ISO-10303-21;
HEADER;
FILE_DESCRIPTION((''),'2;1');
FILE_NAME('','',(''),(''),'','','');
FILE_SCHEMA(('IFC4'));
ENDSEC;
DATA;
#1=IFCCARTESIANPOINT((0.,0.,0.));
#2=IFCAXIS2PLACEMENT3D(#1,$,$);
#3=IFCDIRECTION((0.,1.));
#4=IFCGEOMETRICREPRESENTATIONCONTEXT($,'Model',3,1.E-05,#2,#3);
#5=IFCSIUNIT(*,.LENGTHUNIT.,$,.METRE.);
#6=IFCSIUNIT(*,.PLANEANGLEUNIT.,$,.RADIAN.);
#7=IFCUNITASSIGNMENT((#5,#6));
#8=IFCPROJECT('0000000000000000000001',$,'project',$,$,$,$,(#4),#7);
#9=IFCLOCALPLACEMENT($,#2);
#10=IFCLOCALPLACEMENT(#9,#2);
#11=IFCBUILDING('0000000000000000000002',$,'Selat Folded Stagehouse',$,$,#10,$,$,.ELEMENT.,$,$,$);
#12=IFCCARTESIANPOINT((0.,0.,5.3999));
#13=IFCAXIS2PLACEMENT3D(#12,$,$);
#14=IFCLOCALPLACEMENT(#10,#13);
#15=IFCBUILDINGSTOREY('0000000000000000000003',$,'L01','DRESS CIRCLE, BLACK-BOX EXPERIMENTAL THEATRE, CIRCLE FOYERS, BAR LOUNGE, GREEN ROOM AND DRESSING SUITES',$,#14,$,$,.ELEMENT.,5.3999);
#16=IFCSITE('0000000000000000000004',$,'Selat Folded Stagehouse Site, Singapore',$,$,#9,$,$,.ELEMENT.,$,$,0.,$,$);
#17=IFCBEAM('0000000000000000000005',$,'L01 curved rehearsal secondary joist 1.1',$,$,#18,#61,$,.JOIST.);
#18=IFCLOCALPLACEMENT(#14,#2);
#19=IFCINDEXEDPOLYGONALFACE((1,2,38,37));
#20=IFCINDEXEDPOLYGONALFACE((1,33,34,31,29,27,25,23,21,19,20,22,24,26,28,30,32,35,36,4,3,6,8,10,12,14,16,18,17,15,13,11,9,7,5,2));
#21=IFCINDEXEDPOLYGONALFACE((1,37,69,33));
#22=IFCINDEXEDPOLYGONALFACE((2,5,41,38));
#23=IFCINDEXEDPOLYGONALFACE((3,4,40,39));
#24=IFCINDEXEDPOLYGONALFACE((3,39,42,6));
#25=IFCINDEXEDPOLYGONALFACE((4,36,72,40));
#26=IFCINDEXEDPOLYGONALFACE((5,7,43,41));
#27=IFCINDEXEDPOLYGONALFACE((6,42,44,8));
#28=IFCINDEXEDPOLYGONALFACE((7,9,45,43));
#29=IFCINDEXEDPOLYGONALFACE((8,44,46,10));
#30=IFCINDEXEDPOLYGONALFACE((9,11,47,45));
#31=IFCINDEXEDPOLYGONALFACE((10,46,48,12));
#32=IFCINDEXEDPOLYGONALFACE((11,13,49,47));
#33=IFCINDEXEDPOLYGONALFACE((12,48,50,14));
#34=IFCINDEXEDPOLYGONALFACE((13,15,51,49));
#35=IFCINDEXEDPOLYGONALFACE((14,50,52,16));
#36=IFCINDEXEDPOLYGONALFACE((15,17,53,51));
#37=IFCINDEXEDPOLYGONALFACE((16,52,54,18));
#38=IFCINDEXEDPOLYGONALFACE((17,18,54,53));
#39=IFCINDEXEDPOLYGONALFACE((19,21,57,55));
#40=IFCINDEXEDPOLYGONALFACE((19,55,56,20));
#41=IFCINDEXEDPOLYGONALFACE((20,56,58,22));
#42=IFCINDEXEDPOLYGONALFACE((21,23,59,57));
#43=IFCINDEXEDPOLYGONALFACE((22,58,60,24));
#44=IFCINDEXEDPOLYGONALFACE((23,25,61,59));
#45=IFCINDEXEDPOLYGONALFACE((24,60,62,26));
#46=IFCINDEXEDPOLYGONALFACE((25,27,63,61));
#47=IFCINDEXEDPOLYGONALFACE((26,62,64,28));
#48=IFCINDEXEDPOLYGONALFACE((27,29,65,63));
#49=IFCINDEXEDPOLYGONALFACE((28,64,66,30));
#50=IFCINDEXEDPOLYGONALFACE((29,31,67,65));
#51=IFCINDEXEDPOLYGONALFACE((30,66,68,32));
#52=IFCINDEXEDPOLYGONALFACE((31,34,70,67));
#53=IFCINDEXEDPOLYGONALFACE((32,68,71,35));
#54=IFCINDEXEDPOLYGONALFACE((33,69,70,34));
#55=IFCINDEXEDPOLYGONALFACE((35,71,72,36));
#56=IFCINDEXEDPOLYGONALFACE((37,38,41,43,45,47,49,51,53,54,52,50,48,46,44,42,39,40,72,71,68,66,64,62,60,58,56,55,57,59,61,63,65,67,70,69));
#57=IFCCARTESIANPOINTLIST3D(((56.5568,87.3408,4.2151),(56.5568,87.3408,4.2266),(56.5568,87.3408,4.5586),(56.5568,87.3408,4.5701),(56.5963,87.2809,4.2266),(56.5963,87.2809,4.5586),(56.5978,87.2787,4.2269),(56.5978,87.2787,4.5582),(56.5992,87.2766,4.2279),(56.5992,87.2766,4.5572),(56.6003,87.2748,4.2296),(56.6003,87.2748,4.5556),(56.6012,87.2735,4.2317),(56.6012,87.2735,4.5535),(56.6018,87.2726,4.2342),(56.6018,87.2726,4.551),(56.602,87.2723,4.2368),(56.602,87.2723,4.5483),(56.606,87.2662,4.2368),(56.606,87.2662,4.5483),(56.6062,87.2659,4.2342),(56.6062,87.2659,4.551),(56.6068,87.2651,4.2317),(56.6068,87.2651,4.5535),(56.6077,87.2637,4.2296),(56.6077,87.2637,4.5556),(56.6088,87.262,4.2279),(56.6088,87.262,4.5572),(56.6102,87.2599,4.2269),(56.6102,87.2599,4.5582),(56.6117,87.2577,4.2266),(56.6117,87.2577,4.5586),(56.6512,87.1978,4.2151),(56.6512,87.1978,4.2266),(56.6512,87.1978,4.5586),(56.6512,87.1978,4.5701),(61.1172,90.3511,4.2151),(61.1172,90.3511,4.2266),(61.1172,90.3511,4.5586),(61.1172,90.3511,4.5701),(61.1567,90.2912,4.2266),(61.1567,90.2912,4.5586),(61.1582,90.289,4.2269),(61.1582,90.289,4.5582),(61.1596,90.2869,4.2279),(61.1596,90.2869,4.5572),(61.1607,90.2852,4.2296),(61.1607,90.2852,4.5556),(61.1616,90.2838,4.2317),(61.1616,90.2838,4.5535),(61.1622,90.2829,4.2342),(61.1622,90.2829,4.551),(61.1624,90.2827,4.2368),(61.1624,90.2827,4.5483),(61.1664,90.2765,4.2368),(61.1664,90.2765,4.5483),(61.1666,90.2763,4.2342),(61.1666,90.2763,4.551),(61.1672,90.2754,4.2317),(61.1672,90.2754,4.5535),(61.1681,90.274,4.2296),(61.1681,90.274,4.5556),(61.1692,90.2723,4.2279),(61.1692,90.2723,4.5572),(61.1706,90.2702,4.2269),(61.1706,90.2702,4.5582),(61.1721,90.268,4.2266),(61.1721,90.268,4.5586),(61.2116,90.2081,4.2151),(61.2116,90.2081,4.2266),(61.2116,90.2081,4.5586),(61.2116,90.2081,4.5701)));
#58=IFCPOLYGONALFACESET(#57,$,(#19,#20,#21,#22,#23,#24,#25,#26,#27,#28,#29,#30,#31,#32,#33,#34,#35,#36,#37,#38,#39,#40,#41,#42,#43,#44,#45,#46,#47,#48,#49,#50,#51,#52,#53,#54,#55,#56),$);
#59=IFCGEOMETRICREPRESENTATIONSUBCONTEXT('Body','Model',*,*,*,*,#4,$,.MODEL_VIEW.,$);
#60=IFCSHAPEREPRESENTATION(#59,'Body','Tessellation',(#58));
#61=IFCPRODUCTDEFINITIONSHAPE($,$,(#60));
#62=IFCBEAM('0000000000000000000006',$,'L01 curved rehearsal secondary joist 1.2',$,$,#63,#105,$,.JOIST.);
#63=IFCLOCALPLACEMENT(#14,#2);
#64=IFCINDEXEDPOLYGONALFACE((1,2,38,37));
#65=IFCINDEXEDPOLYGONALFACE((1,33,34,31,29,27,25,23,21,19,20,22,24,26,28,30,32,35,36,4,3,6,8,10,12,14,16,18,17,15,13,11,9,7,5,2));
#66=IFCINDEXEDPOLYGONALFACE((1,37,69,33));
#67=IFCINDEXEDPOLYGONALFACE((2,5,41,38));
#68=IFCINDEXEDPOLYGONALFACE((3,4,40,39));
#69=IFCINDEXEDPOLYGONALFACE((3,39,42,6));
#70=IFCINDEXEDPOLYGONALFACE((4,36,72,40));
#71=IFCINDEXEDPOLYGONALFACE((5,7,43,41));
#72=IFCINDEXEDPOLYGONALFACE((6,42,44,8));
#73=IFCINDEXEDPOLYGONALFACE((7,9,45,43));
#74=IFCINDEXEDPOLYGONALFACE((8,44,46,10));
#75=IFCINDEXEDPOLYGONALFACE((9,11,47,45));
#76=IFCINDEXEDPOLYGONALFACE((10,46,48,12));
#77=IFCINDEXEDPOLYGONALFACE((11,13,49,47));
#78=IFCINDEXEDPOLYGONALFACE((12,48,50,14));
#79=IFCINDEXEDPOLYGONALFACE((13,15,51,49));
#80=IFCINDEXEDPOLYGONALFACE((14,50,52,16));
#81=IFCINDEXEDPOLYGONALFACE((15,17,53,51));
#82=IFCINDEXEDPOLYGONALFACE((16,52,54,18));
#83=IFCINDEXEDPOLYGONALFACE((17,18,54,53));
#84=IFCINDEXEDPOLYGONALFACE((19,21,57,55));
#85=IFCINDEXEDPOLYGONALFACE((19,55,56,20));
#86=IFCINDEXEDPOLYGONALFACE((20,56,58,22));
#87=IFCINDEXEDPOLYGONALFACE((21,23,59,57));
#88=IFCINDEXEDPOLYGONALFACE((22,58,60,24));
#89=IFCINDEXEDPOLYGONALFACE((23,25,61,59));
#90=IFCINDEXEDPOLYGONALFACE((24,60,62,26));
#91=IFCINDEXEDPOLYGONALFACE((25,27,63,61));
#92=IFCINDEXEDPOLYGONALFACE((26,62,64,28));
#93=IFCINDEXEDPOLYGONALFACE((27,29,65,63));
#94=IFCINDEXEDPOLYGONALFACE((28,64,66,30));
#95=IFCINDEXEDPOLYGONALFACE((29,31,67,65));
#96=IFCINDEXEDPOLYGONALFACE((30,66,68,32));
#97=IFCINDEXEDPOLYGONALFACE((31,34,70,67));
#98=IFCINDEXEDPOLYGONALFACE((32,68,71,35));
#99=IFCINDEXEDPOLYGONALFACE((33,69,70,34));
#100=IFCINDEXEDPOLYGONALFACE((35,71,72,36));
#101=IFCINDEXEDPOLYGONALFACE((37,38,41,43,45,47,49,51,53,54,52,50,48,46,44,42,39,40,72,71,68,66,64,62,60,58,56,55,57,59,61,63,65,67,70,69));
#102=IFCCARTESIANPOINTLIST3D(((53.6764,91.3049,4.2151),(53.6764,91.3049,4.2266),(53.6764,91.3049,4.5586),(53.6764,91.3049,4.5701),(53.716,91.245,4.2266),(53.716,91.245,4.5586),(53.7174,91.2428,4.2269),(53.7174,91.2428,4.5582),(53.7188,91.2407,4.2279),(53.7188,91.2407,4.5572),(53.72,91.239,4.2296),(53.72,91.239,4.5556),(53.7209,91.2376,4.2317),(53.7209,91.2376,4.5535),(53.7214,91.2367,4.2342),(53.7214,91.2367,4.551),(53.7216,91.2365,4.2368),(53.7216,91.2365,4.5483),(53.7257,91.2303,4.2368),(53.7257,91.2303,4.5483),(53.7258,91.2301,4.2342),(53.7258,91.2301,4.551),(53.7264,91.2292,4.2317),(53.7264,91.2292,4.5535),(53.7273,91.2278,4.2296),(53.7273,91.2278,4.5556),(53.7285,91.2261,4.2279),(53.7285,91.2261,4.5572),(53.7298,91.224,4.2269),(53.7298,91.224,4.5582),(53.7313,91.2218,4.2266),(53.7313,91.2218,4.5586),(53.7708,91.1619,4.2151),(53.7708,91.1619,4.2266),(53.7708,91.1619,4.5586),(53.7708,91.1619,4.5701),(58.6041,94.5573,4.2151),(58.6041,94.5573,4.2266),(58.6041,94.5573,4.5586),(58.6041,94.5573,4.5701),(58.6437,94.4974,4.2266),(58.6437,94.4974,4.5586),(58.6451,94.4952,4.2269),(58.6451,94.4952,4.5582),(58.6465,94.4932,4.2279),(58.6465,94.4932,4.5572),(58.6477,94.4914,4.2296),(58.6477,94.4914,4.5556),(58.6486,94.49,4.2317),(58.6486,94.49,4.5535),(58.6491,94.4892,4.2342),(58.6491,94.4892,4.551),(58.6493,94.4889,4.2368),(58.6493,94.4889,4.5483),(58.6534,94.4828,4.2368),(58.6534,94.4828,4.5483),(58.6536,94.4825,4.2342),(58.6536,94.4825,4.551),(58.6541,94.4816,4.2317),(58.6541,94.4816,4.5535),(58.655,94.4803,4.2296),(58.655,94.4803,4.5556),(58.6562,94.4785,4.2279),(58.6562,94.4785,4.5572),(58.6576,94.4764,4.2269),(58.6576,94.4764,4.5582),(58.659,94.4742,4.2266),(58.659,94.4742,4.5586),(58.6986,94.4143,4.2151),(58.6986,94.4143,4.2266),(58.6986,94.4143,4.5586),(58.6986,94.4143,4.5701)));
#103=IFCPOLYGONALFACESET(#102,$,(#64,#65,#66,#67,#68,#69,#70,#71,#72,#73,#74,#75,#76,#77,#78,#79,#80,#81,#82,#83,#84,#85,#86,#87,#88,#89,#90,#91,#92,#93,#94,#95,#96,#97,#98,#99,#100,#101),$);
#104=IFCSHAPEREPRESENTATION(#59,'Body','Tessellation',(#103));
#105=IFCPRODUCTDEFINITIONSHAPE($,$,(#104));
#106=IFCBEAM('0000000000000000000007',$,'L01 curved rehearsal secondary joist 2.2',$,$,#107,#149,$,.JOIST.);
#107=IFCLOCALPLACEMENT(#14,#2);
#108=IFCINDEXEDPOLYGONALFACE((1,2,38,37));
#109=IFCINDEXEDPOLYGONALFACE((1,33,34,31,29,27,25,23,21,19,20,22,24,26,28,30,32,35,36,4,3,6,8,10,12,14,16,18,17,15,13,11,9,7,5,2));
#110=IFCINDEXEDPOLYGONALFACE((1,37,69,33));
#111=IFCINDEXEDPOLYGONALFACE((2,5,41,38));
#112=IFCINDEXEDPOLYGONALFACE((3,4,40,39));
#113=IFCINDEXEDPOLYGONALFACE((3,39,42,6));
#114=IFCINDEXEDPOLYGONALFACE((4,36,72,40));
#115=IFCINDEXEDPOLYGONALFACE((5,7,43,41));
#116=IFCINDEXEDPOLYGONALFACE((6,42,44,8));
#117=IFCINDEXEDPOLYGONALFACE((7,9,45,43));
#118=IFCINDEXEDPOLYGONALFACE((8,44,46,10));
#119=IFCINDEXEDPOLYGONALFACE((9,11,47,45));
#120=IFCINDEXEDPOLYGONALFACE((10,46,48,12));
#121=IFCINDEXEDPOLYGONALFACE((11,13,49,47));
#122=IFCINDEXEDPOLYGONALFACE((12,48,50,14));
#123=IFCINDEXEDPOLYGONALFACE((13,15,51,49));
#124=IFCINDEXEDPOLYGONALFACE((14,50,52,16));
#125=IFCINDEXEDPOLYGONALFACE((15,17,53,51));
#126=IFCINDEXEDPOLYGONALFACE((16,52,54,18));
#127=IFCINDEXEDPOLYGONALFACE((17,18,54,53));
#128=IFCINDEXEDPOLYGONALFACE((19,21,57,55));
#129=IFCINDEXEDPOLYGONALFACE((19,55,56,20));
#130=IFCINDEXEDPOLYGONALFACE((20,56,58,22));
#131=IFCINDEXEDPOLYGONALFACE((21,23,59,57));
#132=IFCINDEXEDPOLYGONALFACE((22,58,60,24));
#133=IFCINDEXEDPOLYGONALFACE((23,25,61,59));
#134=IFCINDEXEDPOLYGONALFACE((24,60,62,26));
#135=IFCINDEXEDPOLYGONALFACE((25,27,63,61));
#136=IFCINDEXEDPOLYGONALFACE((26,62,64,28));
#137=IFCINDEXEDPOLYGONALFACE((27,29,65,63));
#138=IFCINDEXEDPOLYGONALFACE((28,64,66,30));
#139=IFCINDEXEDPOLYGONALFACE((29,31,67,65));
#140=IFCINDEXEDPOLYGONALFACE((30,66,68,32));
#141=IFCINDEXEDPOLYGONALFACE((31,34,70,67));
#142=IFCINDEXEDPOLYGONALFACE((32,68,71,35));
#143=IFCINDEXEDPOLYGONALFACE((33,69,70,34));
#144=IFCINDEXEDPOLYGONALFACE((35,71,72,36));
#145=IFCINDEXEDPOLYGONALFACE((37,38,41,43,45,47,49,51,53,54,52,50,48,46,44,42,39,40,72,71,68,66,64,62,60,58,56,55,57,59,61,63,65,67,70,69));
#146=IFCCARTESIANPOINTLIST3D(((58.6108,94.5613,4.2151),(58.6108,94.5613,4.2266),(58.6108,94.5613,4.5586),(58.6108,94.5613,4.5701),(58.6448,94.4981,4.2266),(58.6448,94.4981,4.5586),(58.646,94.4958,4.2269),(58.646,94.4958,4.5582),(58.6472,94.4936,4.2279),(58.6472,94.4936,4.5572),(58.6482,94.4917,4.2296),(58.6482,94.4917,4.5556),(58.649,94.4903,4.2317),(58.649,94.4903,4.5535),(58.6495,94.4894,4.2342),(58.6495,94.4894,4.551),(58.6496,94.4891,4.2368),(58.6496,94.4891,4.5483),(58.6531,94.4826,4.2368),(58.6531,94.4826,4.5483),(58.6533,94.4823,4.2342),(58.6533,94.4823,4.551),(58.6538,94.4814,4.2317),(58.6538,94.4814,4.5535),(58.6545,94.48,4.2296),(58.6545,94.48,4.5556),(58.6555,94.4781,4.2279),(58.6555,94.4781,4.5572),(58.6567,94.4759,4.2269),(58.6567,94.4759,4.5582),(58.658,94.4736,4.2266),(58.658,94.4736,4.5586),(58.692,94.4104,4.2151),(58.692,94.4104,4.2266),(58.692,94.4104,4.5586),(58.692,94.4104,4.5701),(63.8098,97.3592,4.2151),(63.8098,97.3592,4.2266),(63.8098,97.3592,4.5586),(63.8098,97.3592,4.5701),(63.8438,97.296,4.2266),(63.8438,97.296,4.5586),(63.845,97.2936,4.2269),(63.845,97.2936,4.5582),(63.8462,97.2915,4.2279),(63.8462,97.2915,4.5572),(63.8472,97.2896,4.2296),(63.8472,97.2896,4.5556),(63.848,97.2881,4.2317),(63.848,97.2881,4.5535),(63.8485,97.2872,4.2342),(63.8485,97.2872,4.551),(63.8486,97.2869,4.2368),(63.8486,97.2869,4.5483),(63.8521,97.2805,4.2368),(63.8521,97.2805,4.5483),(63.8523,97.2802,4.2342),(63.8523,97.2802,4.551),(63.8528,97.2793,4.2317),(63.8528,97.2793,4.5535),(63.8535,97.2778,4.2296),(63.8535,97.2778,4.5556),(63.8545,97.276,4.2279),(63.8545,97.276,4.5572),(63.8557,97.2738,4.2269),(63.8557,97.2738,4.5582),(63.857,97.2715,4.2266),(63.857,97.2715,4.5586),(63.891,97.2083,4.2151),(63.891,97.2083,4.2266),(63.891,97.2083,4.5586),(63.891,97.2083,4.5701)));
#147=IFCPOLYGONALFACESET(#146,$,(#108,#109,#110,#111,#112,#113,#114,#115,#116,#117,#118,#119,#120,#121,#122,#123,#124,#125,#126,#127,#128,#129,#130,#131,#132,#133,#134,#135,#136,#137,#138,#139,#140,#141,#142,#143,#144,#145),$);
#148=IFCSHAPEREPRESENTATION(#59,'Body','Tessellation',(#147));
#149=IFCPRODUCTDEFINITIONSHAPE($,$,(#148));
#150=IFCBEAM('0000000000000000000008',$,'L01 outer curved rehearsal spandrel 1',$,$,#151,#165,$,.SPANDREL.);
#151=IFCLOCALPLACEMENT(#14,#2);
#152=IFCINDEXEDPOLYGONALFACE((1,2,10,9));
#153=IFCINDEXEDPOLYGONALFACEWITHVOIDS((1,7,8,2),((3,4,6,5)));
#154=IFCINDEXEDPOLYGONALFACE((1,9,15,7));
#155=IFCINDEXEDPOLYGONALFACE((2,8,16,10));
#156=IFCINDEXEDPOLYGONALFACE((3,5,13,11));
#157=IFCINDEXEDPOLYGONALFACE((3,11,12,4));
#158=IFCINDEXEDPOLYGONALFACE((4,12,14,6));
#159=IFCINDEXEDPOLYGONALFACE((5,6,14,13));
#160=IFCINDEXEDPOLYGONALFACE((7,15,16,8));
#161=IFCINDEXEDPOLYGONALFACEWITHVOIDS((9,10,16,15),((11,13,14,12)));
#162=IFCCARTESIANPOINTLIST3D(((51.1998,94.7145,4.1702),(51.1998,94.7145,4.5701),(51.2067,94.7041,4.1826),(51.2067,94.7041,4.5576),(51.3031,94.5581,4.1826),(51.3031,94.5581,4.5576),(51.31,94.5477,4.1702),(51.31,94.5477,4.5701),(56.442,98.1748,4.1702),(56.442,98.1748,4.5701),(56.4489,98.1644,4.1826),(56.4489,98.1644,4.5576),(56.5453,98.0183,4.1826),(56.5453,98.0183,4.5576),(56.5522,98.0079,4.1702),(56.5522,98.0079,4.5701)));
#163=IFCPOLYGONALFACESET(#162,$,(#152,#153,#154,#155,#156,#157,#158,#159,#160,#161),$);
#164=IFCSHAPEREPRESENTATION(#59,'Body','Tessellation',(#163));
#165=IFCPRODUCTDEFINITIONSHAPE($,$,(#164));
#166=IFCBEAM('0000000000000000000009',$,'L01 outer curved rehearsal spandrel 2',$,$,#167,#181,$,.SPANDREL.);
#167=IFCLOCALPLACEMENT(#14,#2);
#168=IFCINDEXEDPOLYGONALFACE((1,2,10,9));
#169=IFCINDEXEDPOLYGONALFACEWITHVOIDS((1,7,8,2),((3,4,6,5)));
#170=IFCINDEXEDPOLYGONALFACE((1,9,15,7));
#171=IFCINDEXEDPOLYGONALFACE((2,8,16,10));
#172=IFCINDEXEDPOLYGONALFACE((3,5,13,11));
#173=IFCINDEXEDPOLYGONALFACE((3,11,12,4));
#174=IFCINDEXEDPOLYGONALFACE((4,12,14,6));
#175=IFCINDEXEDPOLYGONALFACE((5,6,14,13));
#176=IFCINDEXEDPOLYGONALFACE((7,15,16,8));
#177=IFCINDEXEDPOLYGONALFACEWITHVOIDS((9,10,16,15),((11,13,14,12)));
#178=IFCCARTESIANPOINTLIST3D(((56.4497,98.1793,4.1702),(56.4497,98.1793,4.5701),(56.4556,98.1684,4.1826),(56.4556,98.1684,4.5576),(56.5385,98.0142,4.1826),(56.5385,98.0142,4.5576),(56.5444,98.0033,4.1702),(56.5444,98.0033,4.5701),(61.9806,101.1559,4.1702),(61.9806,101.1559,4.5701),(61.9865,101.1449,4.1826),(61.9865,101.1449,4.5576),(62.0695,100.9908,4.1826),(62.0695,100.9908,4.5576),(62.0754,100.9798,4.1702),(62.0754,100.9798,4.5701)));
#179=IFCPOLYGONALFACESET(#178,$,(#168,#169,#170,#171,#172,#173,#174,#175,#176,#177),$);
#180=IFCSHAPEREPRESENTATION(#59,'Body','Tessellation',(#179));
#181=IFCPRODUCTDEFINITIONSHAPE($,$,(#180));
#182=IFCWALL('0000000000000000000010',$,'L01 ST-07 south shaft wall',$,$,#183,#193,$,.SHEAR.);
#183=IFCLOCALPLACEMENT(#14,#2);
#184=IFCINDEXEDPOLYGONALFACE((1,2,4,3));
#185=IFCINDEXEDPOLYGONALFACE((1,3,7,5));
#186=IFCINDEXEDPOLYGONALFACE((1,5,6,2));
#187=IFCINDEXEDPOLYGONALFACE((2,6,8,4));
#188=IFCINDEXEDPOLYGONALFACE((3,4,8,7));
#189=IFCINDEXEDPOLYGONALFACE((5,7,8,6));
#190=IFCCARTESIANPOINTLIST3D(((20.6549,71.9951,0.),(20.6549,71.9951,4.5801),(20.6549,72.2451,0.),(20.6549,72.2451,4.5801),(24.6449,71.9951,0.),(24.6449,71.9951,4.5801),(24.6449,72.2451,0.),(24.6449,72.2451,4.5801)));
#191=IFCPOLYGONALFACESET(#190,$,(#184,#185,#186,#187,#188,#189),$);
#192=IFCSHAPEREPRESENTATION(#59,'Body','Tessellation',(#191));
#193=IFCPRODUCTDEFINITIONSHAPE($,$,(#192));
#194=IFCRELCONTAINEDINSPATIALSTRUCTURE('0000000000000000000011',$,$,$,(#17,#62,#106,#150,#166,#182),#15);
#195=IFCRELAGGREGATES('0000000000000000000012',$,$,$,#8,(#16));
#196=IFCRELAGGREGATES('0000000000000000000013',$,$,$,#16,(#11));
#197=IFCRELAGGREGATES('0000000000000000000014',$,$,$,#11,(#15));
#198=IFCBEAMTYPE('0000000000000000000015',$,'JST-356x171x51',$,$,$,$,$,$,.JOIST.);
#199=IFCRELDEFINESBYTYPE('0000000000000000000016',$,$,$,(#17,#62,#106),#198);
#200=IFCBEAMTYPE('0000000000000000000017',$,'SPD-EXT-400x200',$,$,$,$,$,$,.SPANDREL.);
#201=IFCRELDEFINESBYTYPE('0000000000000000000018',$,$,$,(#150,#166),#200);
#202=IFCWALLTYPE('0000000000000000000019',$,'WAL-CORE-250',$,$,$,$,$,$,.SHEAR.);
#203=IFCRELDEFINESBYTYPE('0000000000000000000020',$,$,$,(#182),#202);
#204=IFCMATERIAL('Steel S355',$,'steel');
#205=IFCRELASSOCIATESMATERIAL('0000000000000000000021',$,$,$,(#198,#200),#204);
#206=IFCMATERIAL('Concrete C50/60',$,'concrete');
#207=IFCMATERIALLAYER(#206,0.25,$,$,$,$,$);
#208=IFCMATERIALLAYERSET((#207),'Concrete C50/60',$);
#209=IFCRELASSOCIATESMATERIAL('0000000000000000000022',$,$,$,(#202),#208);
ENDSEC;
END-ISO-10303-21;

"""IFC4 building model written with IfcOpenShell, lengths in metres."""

from ifc_helpers import new_model, si_unit, direction, frame, frame_2d, origin, origin_2d, place, context, subcontext, project, spatial, rectangle, hollow_rectangle, i_section, extrude, material, layer, layer_set, material_profile, profile_set, type_object, element, save


model = new_model("IFC4")

# Units and contexts
model_context = context("Model", 3, precision=1e-05, world=origin(), true_north=direction((0.0, 1.0)))
body_context = subcontext(model_context, "Body", "Model", "MODEL_VIEW")
ifc_project = project(units=[si_unit("LENGTHUNIT", "METRE"), si_unit("PLANEANGLEUNIT", "RADIAN")], contexts=[model_context])

# Site, building, storey
site_placement = place(None, origin())
site = spatial("IfcSite", under=ifc_project, at=site_placement, Name="Selat Folded Stagehouse Site, Singapore", CompositionType="ELEMENT", RefElevation=0.0)
building_placement = place(site_placement, origin())
building = spatial("IfcBuilding", under=site, at=building_placement, Name="Selat Folded Stagehouse", CompositionType="ELEMENT")
storey_placement = place(building_placement, frame((0.0, 0.0, 5.3999)))
storey = spatial("IfcBuildingStorey", under=building, at=storey_placement, Name="L01", Description="DRESS CIRCLE, BLACK-BOX EXPERIMENTAL THEATRE, CIRCLE FOYERS, BAR LOUNGE, GREEN ROOM AND DRESSING SUITES", CompositionType="ELEMENT", Elevation=5.3999)

# Shared definitions
ifc_material_1 = material(Name="Steel S355", Category="steel")

# Beams
ifc_material_profile_1 = material_profile(ifc_material_1, i_section(OverallWidth=0.1714, OverallDepth=0.355, WebThickness=0.0073, FlangeThickness=0.0115, FilletRadius=0.0103, at=origin_2d()), Name="UKB 356x171x51")
ifc_profile_set_1 = profile_set([ifc_material_profile_1], Name="Steel S355")
beam_type_1 = type_object("IfcBeamType", Name="JST-356x171x51", PredefinedType="JOIST", material=ifc_profile_set_1)
beam_1_placement = place(storey_placement, frame((56.604, 87.2693, 4.3926), z_axis=(0.834571, 0.5509, 0.0), x_axis=(-0.5509, 0.834571, 0.0)))
element("IfcBeam", 1, at=beam_1_placement, inside=storey, type_object=beam_type_1, Name="L01 curved rehearsal secondary joist 1.1", PredefinedType="JOIST", context=body_context, shape_type="SweptSolid", body=[
    extrude(i_section(OverallWidth=0.1714, OverallDepth=0.355, WebThickness=0.0073, FlangeThickness=0.0115, FilletRadius=0.0103, at=origin_2d()), origin(), (0.0, 0.0, 1.0), 5.4644),
])
beam_2_placement = place(storey_placement, frame((53.7236, 91.2334, 4.3926), z_axis=(0.834599, 0.550858, 0.0), x_axis=(-0.550858, 0.834599, 0.0)))
element("IfcBeam", 2, at=beam_2_placement, inside=storey, type_object=beam_type_1, Name="L01 curved rehearsal secondary joist 1.2", PredefinedType="JOIST", context=body_context, shape_type="SweptSolid", body=[
    extrude(i_section(OverallWidth=0.1714, OverallDepth=0.355, WebThickness=0.0073, FlangeThickness=0.0115, FilletRadius=0.0103, at=origin_2d()), origin(), (0.0, 0.0, 1.0), 5.9043),
])
beam_3_placement = place(storey_placement, frame((58.6514, 94.4858, 4.3926), z_axis=(0.880584, 0.47389, 0.0), x_axis=(-0.47389, 0.880584, 0.0)))
element("IfcBeam", 3, at=beam_3_placement, inside=storey, type_object=beam_type_1, Name="L01 curved rehearsal secondary joist 2.2", PredefinedType="JOIST", context=body_context, shape_type="SweptSolid", body=[
    extrude(i_section(OverallWidth=0.1714, OverallDepth=0.355, WebThickness=0.0073, FlangeThickness=0.0115, FilletRadius=0.0103, at=origin_2d()), origin(), (0.0, 0.0, 1.0), 5.9041),
])
ifc_material_profile_2 = material_profile(ifc_material_1, hollow_rectangle(XDim=0.2, YDim=0.3999, WallThickness=0.0125, at=origin_2d()), Name="RHS 400x200x12.5")
ifc_profile_set_2 = profile_set([ifc_material_profile_2], Name="Steel S355")
beam_type_2 = type_object("IfcBeamType", Name="SPD-EXT-400x200", PredefinedType="SPANDREL", material=ifc_profile_set_2)
beam_4_placement = place(storey_placement, frame((51.2549, 94.6311, 4.3701), z_axis=(0.834583, 0.550882, 0.0), x_axis=(-0.550882, 0.834583, 0.0)))
element("IfcBeam", 4, at=beam_4_placement, inside=storey, type_object=beam_type_2, Name="L01 outer curved rehearsal spandrel 1", PredefinedType="SPANDREL", context=body_context, shape_type="SweptSolid", body=[
    extrude(hollow_rectangle(XDim=0.2, YDim=0.3999, WallThickness=0.0125, at=origin_2d()), origin(), (0.0, 0.0, 1.0), 6.2812),
])
beam_5_placement = place(storey_placement, frame((56.4971, 98.0913, 4.3701), z_axis=(0.880582, 0.473894, 0.0), x_axis=(-0.473894, 0.880582, 0.0)))
element("IfcBeam", 5, at=beam_5_placement, inside=storey, type_object=beam_type_2, Name="L01 outer curved rehearsal spandrel 2", PredefinedType="SPANDREL", context=body_context, shape_type="SweptSolid", body=[
    extrude(hollow_rectangle(XDim=0.2, YDim=0.3999, WallThickness=0.0125, at=origin_2d()), origin(), (0.0, 0.0, 1.0), 6.281),
])

# Wall
ifc_material_2 = material(Name="Concrete C50/60", Category="concrete")
ifc_layer_1 = layer(ifc_material_2, 0.25)
ifc_layer_set_1 = layer_set([ifc_layer_1], Name="Concrete C50/60")
wall_type_1 = type_object("IfcWallType", Name="WAL-CORE-250", PredefinedType="SHEAR", material=ifc_layer_set_1)
wall_1_placement = place(storey_placement, frame((24.645, 72.1201, 0.0), z_axis=(0.0, 0.0, 1.0), x_axis=(-1.0, 0.0, 0.0)))
element("IfcWall", 6, at=wall_1_placement, inside=storey, type_object=wall_type_1, Name="L01 ST-07 south shaft wall", PredefinedType="SHEAR", context=body_context, shape_type="SweptSolid", body=[
    extrude(rectangle(XDim=3.99, YDim=0.25, at=frame_2d((1.9951, 0.0))), origin(), (0.0, 0.0, 1.0), 4.5801),
])

save(model, "model.ifc")
